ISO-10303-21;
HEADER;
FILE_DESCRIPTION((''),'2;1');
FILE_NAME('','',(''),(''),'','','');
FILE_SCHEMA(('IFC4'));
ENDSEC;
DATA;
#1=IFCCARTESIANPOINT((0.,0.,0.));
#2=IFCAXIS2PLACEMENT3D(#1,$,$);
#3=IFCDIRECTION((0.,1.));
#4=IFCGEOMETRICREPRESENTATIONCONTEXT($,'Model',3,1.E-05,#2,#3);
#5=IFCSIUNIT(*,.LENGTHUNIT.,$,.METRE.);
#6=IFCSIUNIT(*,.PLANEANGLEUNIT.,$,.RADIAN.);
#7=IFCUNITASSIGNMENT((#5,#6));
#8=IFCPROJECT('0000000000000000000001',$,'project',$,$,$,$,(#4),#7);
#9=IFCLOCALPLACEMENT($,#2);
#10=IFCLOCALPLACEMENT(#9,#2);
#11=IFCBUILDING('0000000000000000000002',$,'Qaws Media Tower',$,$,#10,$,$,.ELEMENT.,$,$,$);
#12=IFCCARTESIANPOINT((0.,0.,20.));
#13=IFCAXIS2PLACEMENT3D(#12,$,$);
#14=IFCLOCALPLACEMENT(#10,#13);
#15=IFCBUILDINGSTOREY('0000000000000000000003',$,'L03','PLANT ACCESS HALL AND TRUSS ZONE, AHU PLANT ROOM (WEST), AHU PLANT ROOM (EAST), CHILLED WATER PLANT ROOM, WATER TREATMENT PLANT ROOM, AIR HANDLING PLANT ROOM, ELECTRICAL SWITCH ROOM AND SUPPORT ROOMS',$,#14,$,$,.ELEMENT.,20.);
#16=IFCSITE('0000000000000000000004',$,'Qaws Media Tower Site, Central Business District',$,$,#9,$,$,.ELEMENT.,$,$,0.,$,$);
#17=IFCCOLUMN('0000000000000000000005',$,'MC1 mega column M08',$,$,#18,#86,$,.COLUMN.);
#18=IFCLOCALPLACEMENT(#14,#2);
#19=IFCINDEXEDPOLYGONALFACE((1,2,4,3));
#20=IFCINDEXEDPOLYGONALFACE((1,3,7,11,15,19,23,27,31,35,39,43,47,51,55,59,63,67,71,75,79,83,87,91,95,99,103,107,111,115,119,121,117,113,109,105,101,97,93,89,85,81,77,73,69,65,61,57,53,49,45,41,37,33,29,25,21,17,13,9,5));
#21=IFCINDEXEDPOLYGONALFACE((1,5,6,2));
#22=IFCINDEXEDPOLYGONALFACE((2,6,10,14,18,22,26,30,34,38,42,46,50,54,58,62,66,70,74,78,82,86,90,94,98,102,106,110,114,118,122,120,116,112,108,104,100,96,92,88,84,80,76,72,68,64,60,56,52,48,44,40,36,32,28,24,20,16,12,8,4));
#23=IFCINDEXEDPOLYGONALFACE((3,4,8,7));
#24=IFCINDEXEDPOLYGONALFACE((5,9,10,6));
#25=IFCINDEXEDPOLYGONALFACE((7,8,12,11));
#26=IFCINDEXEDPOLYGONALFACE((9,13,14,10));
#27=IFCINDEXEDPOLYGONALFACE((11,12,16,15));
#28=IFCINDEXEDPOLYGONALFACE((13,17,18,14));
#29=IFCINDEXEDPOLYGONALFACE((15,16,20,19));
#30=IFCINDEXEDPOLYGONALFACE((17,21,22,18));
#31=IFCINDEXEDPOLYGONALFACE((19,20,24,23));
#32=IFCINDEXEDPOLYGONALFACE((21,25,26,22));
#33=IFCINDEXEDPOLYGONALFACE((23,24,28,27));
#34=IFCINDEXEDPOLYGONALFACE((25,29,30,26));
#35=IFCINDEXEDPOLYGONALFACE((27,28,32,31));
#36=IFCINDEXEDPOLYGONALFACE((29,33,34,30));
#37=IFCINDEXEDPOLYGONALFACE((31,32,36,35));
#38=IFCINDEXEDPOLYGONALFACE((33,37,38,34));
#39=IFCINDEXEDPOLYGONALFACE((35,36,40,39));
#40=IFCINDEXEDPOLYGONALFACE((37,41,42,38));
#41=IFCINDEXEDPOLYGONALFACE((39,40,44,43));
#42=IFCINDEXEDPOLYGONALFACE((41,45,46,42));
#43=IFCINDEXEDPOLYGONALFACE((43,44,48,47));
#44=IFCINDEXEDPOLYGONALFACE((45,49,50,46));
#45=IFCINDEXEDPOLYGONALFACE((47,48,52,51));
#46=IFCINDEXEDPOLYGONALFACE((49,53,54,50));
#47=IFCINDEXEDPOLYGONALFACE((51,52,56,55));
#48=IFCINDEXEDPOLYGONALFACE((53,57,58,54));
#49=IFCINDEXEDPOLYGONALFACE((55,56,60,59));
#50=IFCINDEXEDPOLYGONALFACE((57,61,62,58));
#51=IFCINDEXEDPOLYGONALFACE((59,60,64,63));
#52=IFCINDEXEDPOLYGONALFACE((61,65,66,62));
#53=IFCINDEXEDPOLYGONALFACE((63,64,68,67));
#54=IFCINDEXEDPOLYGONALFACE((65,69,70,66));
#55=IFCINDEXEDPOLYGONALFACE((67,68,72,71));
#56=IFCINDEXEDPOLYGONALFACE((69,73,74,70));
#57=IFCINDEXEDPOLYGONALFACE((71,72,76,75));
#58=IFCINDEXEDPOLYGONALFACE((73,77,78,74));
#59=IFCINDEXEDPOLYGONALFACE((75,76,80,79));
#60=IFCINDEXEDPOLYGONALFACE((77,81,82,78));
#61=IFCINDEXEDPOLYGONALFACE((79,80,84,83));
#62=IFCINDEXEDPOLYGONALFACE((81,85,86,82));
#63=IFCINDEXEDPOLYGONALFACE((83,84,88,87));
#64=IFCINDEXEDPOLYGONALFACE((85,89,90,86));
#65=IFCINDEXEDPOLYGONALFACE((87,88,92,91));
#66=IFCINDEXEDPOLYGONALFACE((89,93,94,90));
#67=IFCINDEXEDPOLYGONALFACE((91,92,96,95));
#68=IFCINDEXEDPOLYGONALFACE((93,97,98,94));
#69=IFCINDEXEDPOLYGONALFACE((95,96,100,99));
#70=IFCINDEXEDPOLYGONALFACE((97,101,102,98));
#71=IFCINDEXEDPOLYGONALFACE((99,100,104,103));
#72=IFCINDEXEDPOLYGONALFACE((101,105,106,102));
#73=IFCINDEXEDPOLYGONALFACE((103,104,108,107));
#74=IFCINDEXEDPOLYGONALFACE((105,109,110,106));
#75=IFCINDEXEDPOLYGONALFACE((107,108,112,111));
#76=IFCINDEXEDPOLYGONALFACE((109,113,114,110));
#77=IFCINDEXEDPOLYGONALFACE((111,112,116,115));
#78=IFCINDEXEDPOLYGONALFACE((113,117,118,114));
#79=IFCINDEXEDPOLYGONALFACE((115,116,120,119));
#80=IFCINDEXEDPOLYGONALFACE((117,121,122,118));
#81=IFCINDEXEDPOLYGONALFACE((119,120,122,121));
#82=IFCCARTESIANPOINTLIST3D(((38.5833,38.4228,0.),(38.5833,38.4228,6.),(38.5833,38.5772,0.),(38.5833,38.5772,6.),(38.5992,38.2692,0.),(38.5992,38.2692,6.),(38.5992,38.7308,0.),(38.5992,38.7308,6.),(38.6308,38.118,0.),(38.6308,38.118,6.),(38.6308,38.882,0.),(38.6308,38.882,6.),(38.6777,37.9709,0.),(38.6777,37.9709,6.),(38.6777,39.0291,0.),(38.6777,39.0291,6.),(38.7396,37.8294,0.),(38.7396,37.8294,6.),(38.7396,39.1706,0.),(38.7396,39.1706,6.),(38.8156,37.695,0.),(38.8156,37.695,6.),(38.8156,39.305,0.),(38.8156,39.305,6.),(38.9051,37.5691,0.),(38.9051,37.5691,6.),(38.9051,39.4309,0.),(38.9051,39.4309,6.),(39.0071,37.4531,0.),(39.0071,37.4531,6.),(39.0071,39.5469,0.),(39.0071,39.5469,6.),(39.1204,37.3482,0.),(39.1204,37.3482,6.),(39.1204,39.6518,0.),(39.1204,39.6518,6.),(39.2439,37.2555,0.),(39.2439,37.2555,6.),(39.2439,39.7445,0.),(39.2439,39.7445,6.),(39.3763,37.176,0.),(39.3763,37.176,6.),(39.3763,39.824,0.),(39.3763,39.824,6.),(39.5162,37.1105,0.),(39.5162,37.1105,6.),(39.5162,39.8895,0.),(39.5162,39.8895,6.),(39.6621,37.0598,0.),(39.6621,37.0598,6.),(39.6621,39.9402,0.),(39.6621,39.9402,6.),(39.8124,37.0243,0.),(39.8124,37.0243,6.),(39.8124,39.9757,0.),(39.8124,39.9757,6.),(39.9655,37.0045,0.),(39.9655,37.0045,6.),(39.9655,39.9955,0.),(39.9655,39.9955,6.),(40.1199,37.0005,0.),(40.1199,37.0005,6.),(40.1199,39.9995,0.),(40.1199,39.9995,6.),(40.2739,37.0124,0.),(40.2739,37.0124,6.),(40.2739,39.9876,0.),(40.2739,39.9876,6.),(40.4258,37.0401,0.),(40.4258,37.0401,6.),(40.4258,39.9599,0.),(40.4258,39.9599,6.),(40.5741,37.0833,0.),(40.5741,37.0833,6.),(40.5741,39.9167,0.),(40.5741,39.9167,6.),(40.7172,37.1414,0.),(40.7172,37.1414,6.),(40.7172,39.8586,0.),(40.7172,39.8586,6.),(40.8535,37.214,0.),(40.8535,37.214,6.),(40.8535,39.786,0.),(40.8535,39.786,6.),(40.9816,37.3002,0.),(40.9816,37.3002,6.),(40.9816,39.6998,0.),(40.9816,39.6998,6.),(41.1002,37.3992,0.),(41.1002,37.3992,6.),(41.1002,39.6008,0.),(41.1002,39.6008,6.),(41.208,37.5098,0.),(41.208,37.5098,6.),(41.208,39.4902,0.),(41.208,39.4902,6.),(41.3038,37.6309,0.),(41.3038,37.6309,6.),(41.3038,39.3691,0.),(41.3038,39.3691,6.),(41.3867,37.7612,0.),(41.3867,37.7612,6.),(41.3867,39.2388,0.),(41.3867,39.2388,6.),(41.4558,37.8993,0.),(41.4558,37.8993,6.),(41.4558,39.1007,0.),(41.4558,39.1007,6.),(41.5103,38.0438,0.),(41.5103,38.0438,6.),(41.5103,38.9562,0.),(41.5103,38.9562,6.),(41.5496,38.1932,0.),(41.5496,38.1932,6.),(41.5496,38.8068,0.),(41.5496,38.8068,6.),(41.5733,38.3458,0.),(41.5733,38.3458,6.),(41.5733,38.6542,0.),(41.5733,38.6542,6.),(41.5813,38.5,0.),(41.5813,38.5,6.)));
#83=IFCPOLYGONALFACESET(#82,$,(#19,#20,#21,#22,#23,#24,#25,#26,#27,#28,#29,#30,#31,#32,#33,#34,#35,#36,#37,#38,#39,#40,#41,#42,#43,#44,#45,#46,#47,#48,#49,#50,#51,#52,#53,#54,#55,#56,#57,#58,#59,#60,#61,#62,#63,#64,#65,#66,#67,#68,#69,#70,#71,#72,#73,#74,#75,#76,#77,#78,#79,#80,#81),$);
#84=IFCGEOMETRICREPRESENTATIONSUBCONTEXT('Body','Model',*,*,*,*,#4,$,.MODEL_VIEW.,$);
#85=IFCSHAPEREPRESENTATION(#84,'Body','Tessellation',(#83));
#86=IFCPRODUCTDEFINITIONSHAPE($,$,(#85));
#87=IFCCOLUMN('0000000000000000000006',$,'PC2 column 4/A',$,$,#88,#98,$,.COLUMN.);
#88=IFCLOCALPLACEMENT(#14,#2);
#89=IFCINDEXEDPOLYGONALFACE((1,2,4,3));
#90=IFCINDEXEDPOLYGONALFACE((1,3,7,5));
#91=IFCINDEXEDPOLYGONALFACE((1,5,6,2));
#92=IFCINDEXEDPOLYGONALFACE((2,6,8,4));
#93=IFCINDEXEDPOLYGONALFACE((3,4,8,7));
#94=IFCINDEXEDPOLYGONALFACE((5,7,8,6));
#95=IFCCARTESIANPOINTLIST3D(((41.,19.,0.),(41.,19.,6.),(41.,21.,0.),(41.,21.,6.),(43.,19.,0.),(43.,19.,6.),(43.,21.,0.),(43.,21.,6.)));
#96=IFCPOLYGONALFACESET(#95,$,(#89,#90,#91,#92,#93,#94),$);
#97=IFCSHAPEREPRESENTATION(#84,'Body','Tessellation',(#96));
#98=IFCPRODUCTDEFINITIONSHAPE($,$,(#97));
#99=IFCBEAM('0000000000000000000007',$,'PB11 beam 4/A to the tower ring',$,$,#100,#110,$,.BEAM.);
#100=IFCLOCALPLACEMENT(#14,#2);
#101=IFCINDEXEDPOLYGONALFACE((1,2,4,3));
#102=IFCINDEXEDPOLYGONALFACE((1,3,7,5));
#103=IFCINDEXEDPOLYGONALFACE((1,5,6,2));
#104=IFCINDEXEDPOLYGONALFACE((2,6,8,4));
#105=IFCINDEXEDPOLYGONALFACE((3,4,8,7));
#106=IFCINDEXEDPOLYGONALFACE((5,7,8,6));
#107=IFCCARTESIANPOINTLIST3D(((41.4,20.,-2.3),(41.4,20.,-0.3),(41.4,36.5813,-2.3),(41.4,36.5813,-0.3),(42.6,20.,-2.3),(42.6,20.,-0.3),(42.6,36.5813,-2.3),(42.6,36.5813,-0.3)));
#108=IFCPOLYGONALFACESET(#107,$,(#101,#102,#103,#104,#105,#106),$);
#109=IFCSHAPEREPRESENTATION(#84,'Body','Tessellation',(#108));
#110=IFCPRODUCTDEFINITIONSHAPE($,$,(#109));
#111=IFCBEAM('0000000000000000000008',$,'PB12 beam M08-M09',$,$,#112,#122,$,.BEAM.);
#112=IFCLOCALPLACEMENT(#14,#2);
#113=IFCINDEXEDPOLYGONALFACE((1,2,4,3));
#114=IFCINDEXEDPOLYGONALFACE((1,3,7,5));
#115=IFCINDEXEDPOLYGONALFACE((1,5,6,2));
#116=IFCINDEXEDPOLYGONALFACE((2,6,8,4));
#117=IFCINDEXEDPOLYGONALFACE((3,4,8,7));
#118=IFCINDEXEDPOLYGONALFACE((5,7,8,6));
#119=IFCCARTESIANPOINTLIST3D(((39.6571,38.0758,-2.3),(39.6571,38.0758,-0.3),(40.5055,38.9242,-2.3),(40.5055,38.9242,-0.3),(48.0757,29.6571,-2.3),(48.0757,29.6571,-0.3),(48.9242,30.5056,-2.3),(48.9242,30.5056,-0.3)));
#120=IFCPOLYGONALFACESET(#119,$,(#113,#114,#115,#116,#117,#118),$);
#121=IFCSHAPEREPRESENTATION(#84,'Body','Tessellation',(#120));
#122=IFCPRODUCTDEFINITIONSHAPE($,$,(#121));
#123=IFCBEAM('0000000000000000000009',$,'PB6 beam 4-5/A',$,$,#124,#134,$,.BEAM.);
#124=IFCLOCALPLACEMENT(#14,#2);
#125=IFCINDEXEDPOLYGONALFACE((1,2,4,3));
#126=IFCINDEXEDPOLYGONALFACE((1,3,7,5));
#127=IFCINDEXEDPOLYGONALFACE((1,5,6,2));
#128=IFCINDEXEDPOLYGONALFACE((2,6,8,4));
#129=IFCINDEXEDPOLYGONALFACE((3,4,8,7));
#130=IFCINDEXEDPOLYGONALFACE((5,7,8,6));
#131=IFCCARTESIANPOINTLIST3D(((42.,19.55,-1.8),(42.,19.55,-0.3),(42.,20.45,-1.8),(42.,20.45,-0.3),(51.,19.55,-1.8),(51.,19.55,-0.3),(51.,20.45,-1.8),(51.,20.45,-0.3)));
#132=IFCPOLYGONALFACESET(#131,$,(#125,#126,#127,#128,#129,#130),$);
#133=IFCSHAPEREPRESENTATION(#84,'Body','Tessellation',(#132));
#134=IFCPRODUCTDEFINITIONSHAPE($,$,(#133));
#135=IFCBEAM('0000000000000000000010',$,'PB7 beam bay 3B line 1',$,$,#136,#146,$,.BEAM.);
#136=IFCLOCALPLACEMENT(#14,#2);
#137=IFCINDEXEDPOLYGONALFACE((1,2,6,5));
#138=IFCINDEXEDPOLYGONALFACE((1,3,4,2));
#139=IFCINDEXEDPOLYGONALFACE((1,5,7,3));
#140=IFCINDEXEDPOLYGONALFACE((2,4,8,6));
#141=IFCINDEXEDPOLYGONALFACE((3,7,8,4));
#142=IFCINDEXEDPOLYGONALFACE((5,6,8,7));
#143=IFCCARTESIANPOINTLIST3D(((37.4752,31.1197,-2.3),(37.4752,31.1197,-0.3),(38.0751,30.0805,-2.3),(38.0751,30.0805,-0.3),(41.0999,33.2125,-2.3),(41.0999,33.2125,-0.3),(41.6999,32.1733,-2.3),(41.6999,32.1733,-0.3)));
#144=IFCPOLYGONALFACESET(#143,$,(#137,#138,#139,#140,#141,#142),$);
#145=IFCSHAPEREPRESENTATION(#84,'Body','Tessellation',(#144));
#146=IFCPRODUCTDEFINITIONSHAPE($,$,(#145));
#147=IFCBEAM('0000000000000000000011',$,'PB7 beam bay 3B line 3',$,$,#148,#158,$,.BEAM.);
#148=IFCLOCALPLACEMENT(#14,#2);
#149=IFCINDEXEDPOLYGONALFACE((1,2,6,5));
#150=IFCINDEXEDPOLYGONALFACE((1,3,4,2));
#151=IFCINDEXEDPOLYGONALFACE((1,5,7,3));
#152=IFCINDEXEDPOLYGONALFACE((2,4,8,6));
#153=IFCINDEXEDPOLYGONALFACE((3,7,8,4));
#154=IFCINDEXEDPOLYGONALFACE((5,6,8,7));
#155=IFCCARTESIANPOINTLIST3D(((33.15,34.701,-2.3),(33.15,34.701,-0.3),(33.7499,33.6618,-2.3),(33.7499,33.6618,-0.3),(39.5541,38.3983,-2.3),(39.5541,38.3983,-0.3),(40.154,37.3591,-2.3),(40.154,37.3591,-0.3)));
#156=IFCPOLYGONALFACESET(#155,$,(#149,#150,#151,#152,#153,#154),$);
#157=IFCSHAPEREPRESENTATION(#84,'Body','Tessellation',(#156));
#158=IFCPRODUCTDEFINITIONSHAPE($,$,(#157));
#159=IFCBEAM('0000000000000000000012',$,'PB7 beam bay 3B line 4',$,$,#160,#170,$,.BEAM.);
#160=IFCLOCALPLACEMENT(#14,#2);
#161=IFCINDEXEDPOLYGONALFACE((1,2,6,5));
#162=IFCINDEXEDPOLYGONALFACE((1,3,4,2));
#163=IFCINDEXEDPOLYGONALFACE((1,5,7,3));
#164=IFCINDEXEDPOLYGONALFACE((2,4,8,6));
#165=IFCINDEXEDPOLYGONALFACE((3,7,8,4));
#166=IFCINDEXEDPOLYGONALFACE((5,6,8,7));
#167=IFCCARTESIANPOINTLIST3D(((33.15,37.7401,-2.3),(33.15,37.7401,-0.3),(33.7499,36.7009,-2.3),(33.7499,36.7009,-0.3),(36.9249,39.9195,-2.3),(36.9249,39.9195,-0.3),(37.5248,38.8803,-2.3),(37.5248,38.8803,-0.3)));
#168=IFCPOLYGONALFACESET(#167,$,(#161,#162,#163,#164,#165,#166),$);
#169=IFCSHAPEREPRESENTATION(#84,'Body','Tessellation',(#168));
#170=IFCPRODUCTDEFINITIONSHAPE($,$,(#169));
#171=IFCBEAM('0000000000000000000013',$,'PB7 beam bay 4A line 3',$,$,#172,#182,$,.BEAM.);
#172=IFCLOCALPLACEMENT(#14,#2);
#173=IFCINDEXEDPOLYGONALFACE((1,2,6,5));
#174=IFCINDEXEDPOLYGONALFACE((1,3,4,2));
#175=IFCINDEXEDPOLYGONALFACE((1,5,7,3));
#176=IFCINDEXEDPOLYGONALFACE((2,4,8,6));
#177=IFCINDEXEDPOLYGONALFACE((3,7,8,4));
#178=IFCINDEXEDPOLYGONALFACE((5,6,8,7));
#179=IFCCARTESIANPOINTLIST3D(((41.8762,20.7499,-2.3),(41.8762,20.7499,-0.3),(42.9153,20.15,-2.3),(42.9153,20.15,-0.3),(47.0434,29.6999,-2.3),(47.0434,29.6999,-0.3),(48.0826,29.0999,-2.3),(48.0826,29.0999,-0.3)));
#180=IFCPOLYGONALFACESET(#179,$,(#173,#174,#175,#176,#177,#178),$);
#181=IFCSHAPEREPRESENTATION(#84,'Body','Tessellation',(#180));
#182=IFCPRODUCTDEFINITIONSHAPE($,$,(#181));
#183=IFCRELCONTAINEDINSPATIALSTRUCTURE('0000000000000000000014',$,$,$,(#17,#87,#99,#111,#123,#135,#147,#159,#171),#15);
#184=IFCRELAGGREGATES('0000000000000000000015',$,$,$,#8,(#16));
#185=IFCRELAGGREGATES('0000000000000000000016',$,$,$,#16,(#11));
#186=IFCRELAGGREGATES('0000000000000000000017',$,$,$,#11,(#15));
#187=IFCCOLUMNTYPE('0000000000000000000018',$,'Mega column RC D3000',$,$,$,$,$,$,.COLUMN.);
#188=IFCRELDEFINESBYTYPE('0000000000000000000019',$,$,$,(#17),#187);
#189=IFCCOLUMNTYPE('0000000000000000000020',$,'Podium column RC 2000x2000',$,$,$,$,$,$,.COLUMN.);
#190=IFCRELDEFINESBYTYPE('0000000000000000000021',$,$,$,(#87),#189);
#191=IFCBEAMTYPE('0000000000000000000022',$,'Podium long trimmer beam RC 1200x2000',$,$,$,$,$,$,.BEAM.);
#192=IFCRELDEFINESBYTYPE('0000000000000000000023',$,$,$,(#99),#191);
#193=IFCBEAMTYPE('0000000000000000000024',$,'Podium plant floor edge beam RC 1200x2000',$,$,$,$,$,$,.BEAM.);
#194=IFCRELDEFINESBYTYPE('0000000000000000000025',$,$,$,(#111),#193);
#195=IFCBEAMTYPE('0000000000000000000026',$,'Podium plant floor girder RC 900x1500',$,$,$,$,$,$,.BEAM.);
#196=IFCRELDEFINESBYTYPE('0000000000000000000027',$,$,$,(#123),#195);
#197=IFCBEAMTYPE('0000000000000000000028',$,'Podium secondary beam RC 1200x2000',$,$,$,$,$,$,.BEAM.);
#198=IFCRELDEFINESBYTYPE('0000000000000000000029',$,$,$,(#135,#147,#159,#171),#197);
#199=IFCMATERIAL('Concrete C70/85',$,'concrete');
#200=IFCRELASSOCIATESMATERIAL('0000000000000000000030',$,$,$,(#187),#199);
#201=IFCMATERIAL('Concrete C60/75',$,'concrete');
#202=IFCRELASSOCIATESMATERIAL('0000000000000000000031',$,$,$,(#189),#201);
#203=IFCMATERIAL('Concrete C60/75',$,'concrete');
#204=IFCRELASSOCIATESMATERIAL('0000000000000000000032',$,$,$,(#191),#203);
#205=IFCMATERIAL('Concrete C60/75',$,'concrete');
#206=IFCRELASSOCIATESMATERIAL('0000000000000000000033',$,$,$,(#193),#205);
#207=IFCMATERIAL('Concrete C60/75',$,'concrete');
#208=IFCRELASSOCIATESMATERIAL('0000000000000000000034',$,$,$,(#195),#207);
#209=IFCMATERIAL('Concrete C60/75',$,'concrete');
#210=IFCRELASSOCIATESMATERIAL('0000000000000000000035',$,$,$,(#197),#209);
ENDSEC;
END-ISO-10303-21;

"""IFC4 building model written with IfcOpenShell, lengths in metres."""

from ifc_helpers import new_model, si_unit, direction, frame, origin, origin_2d, place, context, subcontext, project, spatial, rectangle, circle, extrude, material, material_profile, profile_set, type_object, element, save


model = new_model("IFC4")

# Units and contexts
model_context = context("Model", 3, precision=1e-05, world=origin(), true_north=direction((0.0, 1.0)))
body_context = subcontext(model_context, "Body", "Model", "MODEL_VIEW")
ifc_project = project(units=[si_unit("LENGTHUNIT", "METRE"), si_unit("PLANEANGLEUNIT", "RADIAN")], contexts=[model_context])

# Site, building, storey
site_placement = place(None, origin())
site = spatial("IfcSite", under=ifc_project, at=site_placement, Name="Qaws Media Tower Site, Central Business District", CompositionType="ELEMENT", RefElevation=0.0)
building_placement = place(site_placement, origin())
building = spatial("IfcBuilding", under=site, at=building_placement, Name="Qaws Media Tower", CompositionType="ELEMENT")
storey_placement = place(building_placement, frame((0.0, 0.0, 20.0)))
storey = spatial("IfcBuildingStorey", under=building, at=storey_placement, Name="L03", Description="PLANT ACCESS HALL AND TRUSS ZONE, AHU PLANT ROOM (WEST), AHU PLANT ROOM (EAST), CHILLED WATER PLANT ROOM, WATER TREATMENT PLANT ROOM, AIR HANDLING PLANT ROOM, ELECTRICAL SWITCH ROOM AND SUPPORT ROOMS", CompositionType="ELEMENT", Elevation=20.0)

# Columns
ifc_material_1 = material(Name="Concrete C70/85", Category="concrete")
ifc_material_profile_1 = material_profile(ifc_material_1, circle(Radius=1.5, at=origin_2d()), Name="RC D3000")
ifc_profile_set_1 = profile_set([ifc_material_profile_1], Name="Concrete C70/85")
column_type_1 = type_object("IfcColumnType", Name="Mega column RC D3000", PredefinedType="COLUMN", material=ifc_profile_set_1)
column_1_placement = place(storey_placement, frame((40.0813, 38.5, 0.0), z_axis=(0.0, 0.0, 1.0), x_axis=(1.0, 0.0, 0.0)))
element("IfcColumn", 1, at=column_1_placement, inside=storey, type_object=column_type_1, Name="MC1 mega column M08", PredefinedType="COLUMN", context=body_context, shape_type="SweptSolid", body=[
    extrude(circle(Radius=1.5, at=origin_2d()), origin(), (0.0, 0.0, 1.0), 6.0),
])
ifc_material_2 = material(Name="Concrete C60/75", Category="concrete")
ifc_material_profile_2 = material_profile(ifc_material_2, rectangle(XDim=2.0, YDim=2.0, at=origin_2d()), Name="RC 2000x2000")
ifc_profile_set_2 = profile_set([ifc_material_profile_2], Name="Concrete C60/75")
column_type_2 = type_object("IfcColumnType", Name="Podium column RC 2000x2000", PredefinedType="COLUMN", material=ifc_profile_set_2)
column_2_placement = place(storey_placement, frame((42.0, 20.0, 0.0), z_axis=(0.0, 0.0, 1.0), x_axis=(1.0, 0.0, 0.0)))
element("IfcColumn", 2, at=column_2_placement, inside=storey, type_object=column_type_2, Name="PC2 column 4/A", PredefinedType="COLUMN", context=body_context, shape_type="SweptSolid", body=[
    extrude(rectangle(XDim=2.0, YDim=2.0, at=origin_2d()), origin(), (0.0, 0.0, 1.0), 6.0),
])

# Beams
ifc_material_3 = material(Name="Concrete C60/75", Category="concrete")
ifc_material_profile_3 = material_profile(ifc_material_3, rectangle(XDim=1.2, YDim=2.0, at=origin_2d()), Name="RC 1200x2000")
ifc_profile_set_3 = profile_set([ifc_material_profile_3], Name="Concrete C60/75")
beam_type_1 = type_object("IfcBeamType", Name="Podium long trimmer beam RC 1200x2000", PredefinedType="BEAM", material=ifc_profile_set_3)
beam_1_placement = place(storey_placement, frame((42.0, 20.0, -1.3), z_axis=(0.0, 1.0, 0.0), x_axis=(-1.0, 0.0, 0.0)))
element("IfcBeam", 3, at=beam_1_placement, inside=storey, type_object=beam_type_1, Name="PB11 beam 4/A to the tower ring", PredefinedType="BEAM", context=body_context, shape_type="SweptSolid", body=[
    extrude(rectangle(XDim=1.2, YDim=2.0, at=origin_2d()), origin(), (0.0, 0.0, 1.0), 16.5813),
])
ifc_material_4 = material(Name="Concrete C60/75", Category="concrete")
ifc_material_profile_4 = material_profile(ifc_material_4, rectangle(XDim=1.2, YDim=2.0, at=origin_2d()), Name="RC 1200x2000")
ifc_profile_set_4 = profile_set([ifc_material_profile_4], Name="Concrete C60/75")
beam_type_2 = type_object("IfcBeamType", Name="Podium plant floor edge beam RC 1200x2000", PredefinedType="BEAM", material=ifc_profile_set_4)
beam_2_placement = place(storey_placement, frame((40.0813, 38.5, -1.3), z_axis=(0.707107, -0.707107, 0.0), x_axis=(0.707107, 0.707107, 0.0)))
element("IfcBeam", 4, at=beam_2_placement, inside=storey, type_object=beam_type_2, Name="PB12 beam M08-M09", PredefinedType="BEAM", context=body_context, shape_type="SweptSolid", body=[
    extrude(rectangle(XDim=1.2, YDim=2.0, at=origin_2d()), origin(), (0.0, 0.0, 1.0), 11.9058),
])
ifc_material_5 = material(Name="Concrete C60/75", Category="concrete")
ifc_material_profile_5 = material_profile(ifc_material_5, rectangle(XDim=0.8999, YDim=1.5, at=origin_2d()), Name="RC 900x1500")
ifc_profile_set_5 = profile_set([ifc_material_profile_5], Name="Concrete C60/75")
beam_type_3 = type_object("IfcBeamType", Name="Podium plant floor girder RC 900x1500", PredefinedType="BEAM", material=ifc_profile_set_5)
beam_3_placement = place(storey_placement, frame((42.0, 20.0, -1.05), z_axis=(1.0, 0.0, 0.0), x_axis=(0.0, 1.0, 0.0)))
element("IfcBeam", 5, at=beam_3_placement, inside=storey, type_object=beam_type_3, Name="PB6 beam 4-5/A", PredefinedType="BEAM", context=body_context, shape_type="SweptSolid", body=[
    extrude(rectangle(XDim=0.8999, YDim=1.5, at=origin_2d()), origin(), (0.0, 0.0, 1.0), 9.0),
])
ifc_material_6 = material(Name="Concrete C60/75", Category="concrete")
ifc_material_profile_6 = material_profile(ifc_material_6, rectangle(XDim=1.2, YDim=2.0, at=origin_2d()), Name="RC 1200x2000")
ifc_profile_set_6 = profile_set([ifc_material_profile_6], Name="Concrete C60/75")
beam_type_4 = type_object("IfcBeamType", Name="Podium secondary beam RC 1200x2000", PredefinedType="BEAM", material=ifc_profile_set_6)
beam_4_placement = place(storey_placement, frame((37.7751, 30.6001, -1.3), z_axis=(0.866023, 0.500004, 0.0), x_axis=(-0.500004, 0.866023, 0.0)))
element("IfcBeam", 6, at=beam_4_placement, inside=storey, type_object=beam_type_4, Name="PB7 beam bay 3B line 1", PredefinedType="BEAM", context=body_context, shape_type="SweptSolid", body=[
    extrude(rectangle(XDim=1.2, YDim=2.0, at=origin_2d()), origin(), (0.0, 0.0, 1.0), 4.1855),
])
beam_5_placement = place(storey_placement, frame((33.45, 34.1814, -1.3), z_axis=(0.866032, 0.499988, 0.0), x_axis=(-0.499988, 0.866032, 0.0)))
element("IfcBeam", 7, at=beam_5_placement, inside=storey, type_object=beam_type_4, Name="PB7 beam bay 3B line 3", PredefinedType="BEAM", context=body_context, shape_type="SweptSolid", body=[
    extrude(rectangle(XDim=1.2, YDim=2.0, at=origin_2d()), origin(), (0.0, 0.0, 1.0), 7.3948),
])
beam_6_placement = place(storey_placement, frame((33.45, 37.2205, -1.3), z_axis=(0.866025, 0.5, 0.0), x_axis=(-0.5, 0.866025, 0.0)))
element("IfcBeam", 8, at=beam_6_placement, inside=storey, type_object=beam_type_4, Name="PB7 beam bay 3B line 4", PredefinedType="BEAM", context=body_context, shape_type="SweptSolid", body=[
    extrude(rectangle(XDim=1.2, YDim=2.0, at=origin_2d()), origin(), (0.0, 0.0, 1.0), 4.3589),
])
beam_7_placement = place(storey_placement, frame((42.3958, 20.45, -1.3), z_axis=(0.499999, 0.866026, 0.0), x_axis=(-0.866026, 0.499999, 0.0)))
element("IfcBeam", 9, at=beam_7_placement, inside=storey, type_object=beam_type_4, Name="PB7 beam bay 4A line 3", PredefinedType="BEAM", context=body_context, shape_type="SweptSolid", body=[
    extrude(rectangle(XDim=1.2, YDim=2.0, at=origin_2d()), origin(), (0.0, 0.0, 1.0), 10.3345),
])

save(model, "model.ifc")
